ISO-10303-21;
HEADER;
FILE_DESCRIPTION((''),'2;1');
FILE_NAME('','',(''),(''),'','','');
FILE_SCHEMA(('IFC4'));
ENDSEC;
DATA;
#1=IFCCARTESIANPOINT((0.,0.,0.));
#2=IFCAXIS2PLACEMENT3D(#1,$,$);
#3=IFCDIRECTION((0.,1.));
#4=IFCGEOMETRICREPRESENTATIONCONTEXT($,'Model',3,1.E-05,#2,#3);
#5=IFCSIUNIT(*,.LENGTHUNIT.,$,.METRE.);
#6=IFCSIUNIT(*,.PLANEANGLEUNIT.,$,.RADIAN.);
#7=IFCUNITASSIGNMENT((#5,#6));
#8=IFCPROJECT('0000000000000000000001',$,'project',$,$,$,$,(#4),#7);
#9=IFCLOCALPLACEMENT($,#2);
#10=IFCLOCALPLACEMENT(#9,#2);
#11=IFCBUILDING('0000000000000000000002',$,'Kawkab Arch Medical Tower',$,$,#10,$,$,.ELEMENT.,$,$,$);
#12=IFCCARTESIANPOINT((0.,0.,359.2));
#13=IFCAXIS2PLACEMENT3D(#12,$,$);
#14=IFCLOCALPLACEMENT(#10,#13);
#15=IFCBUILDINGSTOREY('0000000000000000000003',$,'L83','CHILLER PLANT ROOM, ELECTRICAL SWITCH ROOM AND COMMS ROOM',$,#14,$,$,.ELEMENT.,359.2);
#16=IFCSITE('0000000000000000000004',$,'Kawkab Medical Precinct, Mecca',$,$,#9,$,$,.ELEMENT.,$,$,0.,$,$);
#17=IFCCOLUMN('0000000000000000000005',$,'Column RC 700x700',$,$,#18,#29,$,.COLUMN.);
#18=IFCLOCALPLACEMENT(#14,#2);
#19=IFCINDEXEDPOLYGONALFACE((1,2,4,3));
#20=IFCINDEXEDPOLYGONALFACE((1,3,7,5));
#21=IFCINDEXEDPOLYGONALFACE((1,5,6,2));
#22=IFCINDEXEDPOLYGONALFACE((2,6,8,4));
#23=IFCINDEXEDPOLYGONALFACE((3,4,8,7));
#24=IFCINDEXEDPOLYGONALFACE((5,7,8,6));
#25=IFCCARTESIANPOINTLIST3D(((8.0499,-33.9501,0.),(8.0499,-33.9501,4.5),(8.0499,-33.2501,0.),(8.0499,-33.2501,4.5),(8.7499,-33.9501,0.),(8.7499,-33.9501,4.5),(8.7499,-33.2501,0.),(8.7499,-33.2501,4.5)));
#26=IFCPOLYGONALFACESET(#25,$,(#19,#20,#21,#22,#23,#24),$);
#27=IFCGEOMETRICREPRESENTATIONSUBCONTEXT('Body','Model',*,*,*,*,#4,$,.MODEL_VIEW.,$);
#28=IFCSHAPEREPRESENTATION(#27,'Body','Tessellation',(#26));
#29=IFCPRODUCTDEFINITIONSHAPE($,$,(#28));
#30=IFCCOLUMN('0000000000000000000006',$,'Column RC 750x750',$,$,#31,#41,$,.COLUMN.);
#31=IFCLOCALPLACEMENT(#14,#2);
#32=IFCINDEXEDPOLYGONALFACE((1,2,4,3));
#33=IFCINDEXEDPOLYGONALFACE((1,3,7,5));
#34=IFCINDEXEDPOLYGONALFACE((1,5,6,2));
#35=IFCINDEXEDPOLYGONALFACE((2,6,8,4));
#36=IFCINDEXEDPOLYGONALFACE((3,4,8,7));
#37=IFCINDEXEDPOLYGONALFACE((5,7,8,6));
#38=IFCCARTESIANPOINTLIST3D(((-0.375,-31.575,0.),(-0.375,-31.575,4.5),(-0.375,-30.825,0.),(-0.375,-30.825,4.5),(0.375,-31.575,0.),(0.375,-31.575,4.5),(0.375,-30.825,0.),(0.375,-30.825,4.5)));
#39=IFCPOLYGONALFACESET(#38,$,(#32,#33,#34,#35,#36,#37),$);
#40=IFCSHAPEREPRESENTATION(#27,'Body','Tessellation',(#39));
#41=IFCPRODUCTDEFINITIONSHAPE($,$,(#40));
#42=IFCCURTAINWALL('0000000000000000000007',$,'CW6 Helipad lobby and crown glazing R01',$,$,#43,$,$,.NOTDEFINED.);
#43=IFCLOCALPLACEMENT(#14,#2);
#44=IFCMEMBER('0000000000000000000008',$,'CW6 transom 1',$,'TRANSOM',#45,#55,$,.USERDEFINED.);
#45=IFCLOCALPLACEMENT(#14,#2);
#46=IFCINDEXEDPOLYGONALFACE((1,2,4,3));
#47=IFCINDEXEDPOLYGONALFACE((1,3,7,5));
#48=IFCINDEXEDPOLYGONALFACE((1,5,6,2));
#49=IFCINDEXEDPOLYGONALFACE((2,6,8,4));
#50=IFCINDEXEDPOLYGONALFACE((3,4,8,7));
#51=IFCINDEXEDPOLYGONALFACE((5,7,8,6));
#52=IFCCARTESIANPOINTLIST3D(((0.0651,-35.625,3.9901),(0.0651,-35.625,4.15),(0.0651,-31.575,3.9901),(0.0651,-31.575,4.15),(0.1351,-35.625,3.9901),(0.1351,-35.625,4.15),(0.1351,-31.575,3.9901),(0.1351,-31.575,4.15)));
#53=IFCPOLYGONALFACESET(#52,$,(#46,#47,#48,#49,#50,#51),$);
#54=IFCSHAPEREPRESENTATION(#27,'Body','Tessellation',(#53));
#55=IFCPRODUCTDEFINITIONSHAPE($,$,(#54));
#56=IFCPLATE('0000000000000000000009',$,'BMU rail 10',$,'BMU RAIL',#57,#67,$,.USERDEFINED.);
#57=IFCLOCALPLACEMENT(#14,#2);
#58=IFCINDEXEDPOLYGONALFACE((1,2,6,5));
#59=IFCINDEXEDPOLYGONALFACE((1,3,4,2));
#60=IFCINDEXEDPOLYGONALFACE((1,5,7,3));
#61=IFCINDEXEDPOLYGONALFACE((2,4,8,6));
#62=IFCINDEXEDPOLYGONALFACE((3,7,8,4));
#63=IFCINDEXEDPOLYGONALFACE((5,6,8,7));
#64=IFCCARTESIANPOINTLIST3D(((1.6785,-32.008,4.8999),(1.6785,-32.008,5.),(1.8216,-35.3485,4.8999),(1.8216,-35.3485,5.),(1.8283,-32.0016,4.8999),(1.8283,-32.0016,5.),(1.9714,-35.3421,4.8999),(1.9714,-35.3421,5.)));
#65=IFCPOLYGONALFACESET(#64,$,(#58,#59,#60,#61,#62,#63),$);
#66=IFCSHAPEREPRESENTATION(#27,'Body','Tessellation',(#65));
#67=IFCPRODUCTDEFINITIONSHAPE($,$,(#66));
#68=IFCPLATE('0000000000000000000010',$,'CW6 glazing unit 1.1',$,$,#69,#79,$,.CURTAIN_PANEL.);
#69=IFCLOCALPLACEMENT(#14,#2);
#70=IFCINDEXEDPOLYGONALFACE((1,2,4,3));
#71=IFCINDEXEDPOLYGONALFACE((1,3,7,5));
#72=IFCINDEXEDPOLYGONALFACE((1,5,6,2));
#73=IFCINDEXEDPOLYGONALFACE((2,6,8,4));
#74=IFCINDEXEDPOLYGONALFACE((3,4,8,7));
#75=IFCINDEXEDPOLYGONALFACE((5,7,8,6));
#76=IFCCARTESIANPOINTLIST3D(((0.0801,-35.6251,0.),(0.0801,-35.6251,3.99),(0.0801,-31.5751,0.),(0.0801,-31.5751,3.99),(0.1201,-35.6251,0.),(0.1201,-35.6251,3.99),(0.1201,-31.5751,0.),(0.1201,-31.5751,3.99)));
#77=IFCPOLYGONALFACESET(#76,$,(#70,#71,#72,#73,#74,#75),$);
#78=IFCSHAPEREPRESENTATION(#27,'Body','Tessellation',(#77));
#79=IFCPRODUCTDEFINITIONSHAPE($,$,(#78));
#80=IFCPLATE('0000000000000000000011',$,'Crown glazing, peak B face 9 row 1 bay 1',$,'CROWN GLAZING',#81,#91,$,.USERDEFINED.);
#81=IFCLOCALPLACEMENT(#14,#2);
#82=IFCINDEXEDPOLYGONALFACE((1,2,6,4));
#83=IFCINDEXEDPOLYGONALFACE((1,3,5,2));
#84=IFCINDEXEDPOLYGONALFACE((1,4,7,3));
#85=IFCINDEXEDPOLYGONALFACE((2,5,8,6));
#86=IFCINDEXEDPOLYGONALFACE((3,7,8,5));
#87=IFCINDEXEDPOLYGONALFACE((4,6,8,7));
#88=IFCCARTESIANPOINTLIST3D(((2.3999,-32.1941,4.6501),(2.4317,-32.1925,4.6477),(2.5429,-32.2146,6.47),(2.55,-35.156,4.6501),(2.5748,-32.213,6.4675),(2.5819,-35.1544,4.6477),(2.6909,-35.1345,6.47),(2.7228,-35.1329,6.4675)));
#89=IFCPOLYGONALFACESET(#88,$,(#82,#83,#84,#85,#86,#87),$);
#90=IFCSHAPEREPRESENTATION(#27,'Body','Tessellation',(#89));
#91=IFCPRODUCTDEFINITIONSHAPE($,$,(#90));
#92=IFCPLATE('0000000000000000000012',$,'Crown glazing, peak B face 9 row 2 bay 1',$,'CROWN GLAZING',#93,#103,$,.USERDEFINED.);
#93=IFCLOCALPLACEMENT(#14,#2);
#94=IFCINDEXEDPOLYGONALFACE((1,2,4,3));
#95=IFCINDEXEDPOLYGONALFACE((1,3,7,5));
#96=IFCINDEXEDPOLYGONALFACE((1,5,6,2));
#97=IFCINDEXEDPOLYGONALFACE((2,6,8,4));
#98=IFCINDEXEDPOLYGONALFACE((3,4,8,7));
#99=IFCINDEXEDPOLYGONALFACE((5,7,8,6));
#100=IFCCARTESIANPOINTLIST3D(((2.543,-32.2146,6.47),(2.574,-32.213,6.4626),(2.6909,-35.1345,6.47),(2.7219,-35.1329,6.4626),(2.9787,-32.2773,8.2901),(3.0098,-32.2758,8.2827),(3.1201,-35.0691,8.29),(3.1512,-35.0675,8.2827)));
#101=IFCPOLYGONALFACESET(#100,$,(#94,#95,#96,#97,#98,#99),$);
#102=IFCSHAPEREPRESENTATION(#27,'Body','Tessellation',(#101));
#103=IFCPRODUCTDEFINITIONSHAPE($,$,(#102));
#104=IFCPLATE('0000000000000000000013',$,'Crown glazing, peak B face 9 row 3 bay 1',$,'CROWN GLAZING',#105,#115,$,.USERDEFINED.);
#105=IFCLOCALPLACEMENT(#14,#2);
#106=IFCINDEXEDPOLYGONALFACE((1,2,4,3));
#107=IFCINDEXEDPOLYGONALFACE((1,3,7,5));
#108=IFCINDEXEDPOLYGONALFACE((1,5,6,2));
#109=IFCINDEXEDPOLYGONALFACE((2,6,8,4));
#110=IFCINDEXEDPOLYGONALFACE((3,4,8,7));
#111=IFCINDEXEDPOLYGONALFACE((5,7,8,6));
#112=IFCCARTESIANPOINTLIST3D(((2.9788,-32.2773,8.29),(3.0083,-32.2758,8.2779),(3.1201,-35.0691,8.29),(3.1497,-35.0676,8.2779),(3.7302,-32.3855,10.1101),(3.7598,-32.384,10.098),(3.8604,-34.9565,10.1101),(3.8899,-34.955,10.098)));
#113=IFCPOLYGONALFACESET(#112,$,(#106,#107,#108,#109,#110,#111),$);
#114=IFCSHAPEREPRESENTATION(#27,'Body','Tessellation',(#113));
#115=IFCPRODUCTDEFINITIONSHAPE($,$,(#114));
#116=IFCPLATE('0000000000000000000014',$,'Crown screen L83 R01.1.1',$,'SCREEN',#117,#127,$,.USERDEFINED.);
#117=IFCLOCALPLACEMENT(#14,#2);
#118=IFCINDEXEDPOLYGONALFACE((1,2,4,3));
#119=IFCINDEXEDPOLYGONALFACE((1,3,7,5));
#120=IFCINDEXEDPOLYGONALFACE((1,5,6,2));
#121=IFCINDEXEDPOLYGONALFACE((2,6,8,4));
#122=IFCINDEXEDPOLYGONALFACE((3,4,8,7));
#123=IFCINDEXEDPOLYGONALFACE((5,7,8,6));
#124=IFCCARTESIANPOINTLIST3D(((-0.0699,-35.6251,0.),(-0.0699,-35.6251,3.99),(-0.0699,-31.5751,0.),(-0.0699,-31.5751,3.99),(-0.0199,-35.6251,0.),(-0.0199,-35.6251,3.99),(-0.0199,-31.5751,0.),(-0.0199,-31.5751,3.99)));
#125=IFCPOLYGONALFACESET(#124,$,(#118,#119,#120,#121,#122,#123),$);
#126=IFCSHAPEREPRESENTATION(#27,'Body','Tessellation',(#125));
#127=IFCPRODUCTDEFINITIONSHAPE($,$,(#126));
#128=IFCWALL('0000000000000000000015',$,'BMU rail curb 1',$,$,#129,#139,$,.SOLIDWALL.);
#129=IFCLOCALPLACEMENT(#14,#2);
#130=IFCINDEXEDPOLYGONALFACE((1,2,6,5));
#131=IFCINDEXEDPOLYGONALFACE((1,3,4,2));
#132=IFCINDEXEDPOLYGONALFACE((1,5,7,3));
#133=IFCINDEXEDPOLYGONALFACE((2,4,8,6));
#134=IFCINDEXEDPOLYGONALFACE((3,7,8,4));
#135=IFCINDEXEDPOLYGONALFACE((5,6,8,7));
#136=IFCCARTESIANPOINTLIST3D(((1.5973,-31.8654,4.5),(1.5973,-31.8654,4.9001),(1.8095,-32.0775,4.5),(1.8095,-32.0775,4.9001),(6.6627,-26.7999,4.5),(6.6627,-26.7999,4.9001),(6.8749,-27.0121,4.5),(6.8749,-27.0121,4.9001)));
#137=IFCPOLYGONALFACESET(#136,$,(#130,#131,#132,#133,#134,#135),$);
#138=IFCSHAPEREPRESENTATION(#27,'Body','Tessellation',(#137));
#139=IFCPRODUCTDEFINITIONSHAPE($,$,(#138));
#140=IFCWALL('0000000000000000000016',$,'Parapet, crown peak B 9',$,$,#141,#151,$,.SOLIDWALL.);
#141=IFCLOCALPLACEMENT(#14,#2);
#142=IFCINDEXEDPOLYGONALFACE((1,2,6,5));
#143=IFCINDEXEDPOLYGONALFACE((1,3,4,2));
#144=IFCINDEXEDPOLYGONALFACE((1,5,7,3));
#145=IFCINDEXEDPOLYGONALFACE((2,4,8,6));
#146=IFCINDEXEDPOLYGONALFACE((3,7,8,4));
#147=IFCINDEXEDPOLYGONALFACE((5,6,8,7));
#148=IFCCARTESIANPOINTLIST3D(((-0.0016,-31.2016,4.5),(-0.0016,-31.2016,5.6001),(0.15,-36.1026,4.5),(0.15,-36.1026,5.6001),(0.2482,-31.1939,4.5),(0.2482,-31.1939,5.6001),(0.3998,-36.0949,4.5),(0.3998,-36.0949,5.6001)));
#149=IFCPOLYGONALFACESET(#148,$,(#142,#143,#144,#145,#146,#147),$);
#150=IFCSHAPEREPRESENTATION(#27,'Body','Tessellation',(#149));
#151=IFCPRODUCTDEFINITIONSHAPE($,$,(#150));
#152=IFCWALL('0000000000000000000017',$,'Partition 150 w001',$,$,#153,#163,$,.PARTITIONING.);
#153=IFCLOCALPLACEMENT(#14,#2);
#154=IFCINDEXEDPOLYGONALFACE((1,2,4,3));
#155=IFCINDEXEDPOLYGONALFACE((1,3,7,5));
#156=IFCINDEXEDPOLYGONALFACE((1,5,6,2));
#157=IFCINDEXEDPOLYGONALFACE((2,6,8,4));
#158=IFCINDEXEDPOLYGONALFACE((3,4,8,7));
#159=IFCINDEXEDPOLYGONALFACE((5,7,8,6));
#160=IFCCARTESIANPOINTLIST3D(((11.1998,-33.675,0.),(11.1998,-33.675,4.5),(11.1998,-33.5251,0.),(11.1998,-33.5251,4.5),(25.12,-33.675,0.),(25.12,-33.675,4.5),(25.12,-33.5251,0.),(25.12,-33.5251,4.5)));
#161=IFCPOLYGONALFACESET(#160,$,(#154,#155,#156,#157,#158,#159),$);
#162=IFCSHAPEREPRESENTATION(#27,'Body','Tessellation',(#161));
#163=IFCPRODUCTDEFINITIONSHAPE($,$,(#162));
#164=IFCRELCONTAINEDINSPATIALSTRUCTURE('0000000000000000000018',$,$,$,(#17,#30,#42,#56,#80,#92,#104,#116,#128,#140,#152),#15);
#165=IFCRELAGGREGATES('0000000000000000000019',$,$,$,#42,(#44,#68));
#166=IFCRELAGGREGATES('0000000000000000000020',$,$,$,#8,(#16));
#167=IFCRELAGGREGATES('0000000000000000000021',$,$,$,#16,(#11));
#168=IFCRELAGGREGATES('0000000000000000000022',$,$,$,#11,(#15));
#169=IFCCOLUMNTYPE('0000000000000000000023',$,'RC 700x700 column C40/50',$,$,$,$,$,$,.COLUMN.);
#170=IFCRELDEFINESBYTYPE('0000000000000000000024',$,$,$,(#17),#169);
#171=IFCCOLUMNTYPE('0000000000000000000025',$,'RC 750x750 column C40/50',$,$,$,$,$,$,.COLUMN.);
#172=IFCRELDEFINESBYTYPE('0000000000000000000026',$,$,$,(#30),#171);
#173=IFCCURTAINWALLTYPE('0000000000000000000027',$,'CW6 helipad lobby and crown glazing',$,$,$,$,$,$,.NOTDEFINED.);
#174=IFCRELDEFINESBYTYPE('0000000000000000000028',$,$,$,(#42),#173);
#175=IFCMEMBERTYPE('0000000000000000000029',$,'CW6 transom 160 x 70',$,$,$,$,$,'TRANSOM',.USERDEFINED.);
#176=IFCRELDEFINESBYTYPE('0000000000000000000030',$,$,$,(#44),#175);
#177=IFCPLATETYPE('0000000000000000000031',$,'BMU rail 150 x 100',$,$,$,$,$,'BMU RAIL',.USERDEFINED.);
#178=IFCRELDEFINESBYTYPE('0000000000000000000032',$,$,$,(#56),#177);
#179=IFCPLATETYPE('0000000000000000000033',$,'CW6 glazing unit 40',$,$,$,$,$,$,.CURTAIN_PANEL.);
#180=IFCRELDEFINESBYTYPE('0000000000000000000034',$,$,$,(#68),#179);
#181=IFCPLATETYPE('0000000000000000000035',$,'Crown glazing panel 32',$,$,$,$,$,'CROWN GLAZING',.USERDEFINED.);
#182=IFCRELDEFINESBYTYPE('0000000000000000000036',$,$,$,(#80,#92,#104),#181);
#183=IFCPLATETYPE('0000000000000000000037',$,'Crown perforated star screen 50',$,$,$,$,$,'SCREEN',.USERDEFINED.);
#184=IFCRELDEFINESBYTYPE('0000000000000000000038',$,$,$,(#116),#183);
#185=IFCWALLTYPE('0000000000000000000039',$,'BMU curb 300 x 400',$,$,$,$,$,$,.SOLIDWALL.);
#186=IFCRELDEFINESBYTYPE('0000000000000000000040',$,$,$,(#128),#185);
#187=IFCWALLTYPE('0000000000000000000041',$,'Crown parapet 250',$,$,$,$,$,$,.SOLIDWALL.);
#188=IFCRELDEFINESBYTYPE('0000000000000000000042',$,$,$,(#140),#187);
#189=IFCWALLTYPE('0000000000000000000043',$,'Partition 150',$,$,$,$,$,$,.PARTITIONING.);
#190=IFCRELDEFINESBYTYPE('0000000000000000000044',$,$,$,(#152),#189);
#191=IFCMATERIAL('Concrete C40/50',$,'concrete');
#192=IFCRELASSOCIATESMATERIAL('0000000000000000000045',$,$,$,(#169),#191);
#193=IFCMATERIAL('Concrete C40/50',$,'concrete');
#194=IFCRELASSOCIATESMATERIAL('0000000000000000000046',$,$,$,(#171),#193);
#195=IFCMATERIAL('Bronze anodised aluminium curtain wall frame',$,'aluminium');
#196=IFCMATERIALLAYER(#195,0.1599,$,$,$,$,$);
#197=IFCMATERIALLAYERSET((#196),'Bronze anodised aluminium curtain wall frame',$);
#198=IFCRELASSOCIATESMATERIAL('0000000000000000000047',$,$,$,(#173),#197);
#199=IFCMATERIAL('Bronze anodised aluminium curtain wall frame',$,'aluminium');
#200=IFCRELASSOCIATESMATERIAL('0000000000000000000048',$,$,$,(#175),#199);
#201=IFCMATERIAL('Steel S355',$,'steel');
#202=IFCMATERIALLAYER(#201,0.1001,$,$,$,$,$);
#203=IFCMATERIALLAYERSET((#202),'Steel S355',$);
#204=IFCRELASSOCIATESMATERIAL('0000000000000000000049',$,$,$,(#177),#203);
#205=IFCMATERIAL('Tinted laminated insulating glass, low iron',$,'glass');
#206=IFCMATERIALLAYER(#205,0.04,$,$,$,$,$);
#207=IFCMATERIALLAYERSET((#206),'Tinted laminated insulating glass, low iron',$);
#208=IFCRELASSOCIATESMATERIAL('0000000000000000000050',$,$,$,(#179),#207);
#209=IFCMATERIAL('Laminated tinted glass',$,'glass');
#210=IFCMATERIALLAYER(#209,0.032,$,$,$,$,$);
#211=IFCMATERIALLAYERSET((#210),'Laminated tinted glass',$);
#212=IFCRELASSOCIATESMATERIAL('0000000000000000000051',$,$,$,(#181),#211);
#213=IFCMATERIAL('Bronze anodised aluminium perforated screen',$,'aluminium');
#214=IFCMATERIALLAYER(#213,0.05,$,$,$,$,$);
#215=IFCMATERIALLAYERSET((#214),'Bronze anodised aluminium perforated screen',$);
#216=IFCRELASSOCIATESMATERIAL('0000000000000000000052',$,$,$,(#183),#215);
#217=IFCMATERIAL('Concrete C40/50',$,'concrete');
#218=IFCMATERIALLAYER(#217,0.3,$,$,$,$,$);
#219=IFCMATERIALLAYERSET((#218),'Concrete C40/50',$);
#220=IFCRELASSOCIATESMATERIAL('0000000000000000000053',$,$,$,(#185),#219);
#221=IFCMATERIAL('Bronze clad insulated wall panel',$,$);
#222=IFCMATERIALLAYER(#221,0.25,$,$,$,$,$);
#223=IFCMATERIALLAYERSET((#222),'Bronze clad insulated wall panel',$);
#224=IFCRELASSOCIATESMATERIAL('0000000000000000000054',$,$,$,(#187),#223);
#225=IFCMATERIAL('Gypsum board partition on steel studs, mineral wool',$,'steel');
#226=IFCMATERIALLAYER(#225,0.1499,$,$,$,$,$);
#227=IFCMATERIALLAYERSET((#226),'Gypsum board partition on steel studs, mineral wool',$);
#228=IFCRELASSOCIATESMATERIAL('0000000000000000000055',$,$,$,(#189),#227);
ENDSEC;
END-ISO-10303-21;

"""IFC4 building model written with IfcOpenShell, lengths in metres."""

from ifc_helpers import new_model, si_unit, direction, frame, frame_2d, origin, origin_2d, place, context, subcontext, project, spatial, polyline, rectangle, outline, extrude, material, layer, layer_set, material_profile, profile_set, type_object, element, aggregate, save


model = new_model("IFC4")

# Units and contexts
model_context = context("Model", 3, precision=1e-05, world=origin(), true_north=direction((0.0, 1.0)))
body_context = subcontext(model_context, "Body", "Model", "MODEL_VIEW")
ifc_project = project(units=[si_unit("LENGTHUNIT", "METRE"), si_unit("PLANEANGLEUNIT", "RADIAN")], contexts=[model_context])

# Site, building, storey
site_placement = place(None, origin())
site = spatial("IfcSite", under=ifc_project, at=site_placement, Name="Kawkab Medical Precinct, Mecca", CompositionType="ELEMENT", RefElevation=0.0)
building_placement = place(site_placement, origin())
building = spatial("IfcBuilding", under=site, at=building_placement, Name="Kawkab Arch Medical Tower", CompositionType="ELEMENT")
storey_placement = place(building_placement, frame((0.0, 0.0, 359.2)))
storey = spatial("IfcBuildingStorey", under=building, at=storey_placement, Name="L83", Description="CHILLER PLANT ROOM, ELECTRICAL SWITCH ROOM AND COMMS ROOM", CompositionType="ELEMENT", Elevation=359.2)

# Columns
ifc_material_1 = material(Name="Concrete C40/50", Category="concrete")
ifc_material_profile_1 = material_profile(ifc_material_1, rectangle(XDim=0.7, YDim=0.7, at=origin_2d()), Name="RC 700x700")
ifc_profile_set_1 = profile_set([ifc_material_profile_1], Name="Concrete C40/50")
column_type_1 = type_object("IfcColumnType", Name="RC 700x700 column C40/50", PredefinedType="COLUMN", material=ifc_profile_set_1)
column_1_placement = place(storey_placement, frame((8.3999, -33.6001, 0.0), z_axis=(0.0, 0.0, 1.0), x_axis=(1.0, 0.0, 0.0)))
element("IfcColumn", 1, at=column_1_placement, inside=storey, type_object=column_type_1, Name="Column RC 700x700", PredefinedType="COLUMN", context=body_context, shape_type="SweptSolid", body=[
    extrude(rectangle(XDim=0.7, YDim=0.7, at=origin_2d()), origin(), (0.0, 0.0, 1.0), 4.5),
])
ifc_material_2 = material(Name="Concrete C40/50", Category="concrete")
ifc_material_profile_2 = material_profile(ifc_material_2, rectangle(XDim=0.75, YDim=0.75, at=origin_2d()), Name="RC 750x750")
ifc_profile_set_2 = profile_set([ifc_material_profile_2], Name="Concrete C40/50")
column_type_2 = type_object("IfcColumnType", Name="RC 750x750 column C40/50", PredefinedType="COLUMN", material=ifc_profile_set_2)
column_2_placement = place(storey_placement, frame((0.0, -31.2, 0.0), z_axis=(0.0, 0.0, 1.0), x_axis=(1.0, 0.0, 0.0)))
element("IfcColumn", 2, at=column_2_placement, inside=storey, type_object=column_type_2, Name="Column RC 750x750", PredefinedType="COLUMN", context=body_context, shape_type="SweptSolid", body=[
    extrude(rectangle(XDim=0.75, YDim=0.75, at=origin_2d()), origin(), (0.0, 0.0, 1.0), 4.5),
])

# Curtain wall, member
ifc_material_3 = material(Name="Bronze anodised aluminium curtain wall frame", Category="aluminium")
ifc_layer_1 = layer(ifc_material_3, 0.1599)
ifc_layer_set_1 = layer_set([ifc_layer_1], Name="Bronze anodised aluminium curtain wall frame")
curtain_wall_type = type_object("IfcCurtainWallType", Name="CW6 helipad lobby and crown glazing", PredefinedType="NOTDEFINED", material=ifc_layer_set_1)
curtain_wall_placement = place(storey_placement, origin())
curtain_wall = element("IfcCurtainWall", 3, at=curtain_wall_placement, inside=storey, type_object=curtain_wall_type, Name="CW6 Helipad lobby and crown glazing R01", PredefinedType="NOTDEFINED")
ifc_material_4 = material(Name="Bronze anodised aluminium curtain wall frame", Category="aluminium")
ifc_material_profile_3 = material_profile(ifc_material_4, rectangle(XDim=0.0701, YDim=0.1599, at=origin_2d()), Name="AL 70x160")
ifc_profile_set_3 = profile_set([ifc_material_profile_3], Name="Bronze anodised aluminium curtain wall frame")
member_type = type_object("IfcMemberType", Name="CW6 transom 160 x 70", ElementType="TRANSOM", PredefinedType="USERDEFINED", material=ifc_profile_set_3)
member_placement = place(storey_placement, frame((0.1001, -31.575, 4.0701), z_axis=(0.0, -1.0, 0.0), x_axis=(1.0, 0.0, 0.0)))
member = element("IfcMember", 4, at=member_placement, type_object=member_type, Name="CW6 transom 1", ObjectType="TRANSOM", PredefinedType="USERDEFINED", context=body_context, shape_type="SweptSolid", body=[
    extrude(rectangle(XDim=0.0701, YDim=0.1599, at=origin_2d()), origin(), (0.0, 0.0, 1.0), 4.05),
])

# Plates
ifc_material_5 = material(Name="Steel S355", Category="steel")
ifc_layer_2 = layer(ifc_material_5, 0.1001)
ifc_layer_set_2 = layer_set([ifc_layer_2], Name="Steel S355")
plate_type_1 = type_object("IfcPlateType", Name="BMU rail 150 x 100", ElementType="BMU RAIL", PredefinedType="USERDEFINED", material=ifc_layer_set_2)
plate_1_placement = place(storey_placement, frame((1.825, -33.675, 4.8999), z_axis=(0.0, 0.0, 1.0), x_axis=(-0.042815, 0.999083, 0.0)))
element("IfcPlate", 5, at=plate_1_placement, inside=storey, type_object=plate_type_1, Name="BMU rail 10", ObjectType="BMU RAIL", PredefinedType="USERDEFINED", context=body_context, shape_type="SweptSolid", body=[
    extrude(rectangle(XDim=3.3435, YDim=0.1499, at=origin_2d()), origin(), (0.0, 0.0, 1.0), 0.1001),
])
ifc_material_6 = material(Name="Tinted laminated insulating glass, low iron", Category="glass")
ifc_layer_3 = layer(ifc_material_6, 0.04)
ifc_layer_set_3 = layer_set([ifc_layer_3], Name="Tinted laminated insulating glass, low iron")
plate_type_2 = type_object("IfcPlateType", Name="CW6 glazing unit 40", PredefinedType="CURTAIN_PANEL", material=ifc_layer_set_3)
plate_2_placement = place(storey_placement, frame((0.1001, -33.6001, 0.0), z_axis=(0.0, 0.0, 1.0), x_axis=(0.0, -1.0, 0.0)))
plate_2 = element("IfcPlate", 6, at=plate_2_placement, type_object=plate_type_2, Name="CW6 glazing unit 1.1", PredefinedType="CURTAIN_PANEL", context=body_context, shape_type="SweptSolid", body=[
    extrude(rectangle(XDim=4.05, YDim=0.04, at=origin_2d()), origin(), (0.0, 0.0, 1.0), 3.99),
])
aggregate(curtain_wall, [member, plate_2])

# Plates
ifc_material_7 = material(Name="Laminated tinted glass", Category="glass")
ifc_layer_4 = layer(ifc_material_7, 0.032)
ifc_layer_set_4 = layer_set([ifc_layer_4], Name="Laminated tinted glass")
plate_type_3 = type_object("IfcPlateType", Name="Crown glazing panel 32", ElementType="CROWN GLAZING", PredefinedType="USERDEFINED", material=ifc_layer_set_4)
plate_3_placement = place(storey_placement, frame((2.3999, -32.1941, 4.6501), z_axis=(-0.9957, -0.050463, 0.07769), x_axis=(0.050616, -0.998718, 0.000001)))
element("IfcPlate", 7, at=plate_3_placement, inside=storey, type_object=plate_type_3, Name="Crown glazing, peak B face 9 row 1 bay 1", ObjectType="CROWN GLAZING", PredefinedType="USERDEFINED", context=body_context, shape_type="SweptSolid", body=[
    extrude(outline(polyline([(0.0, 0.0), (2.9657, 0.0), (2.9514, 1.8253), (0.0277, 1.8253), (0.0, 0.0)])), origin(), (0.0, 0.0, -1.0), 0.032),
])
plate_4_placement = place(storey_placement, frame((2.543, -32.2146, 6.47), z_axis=(-0.971722, -0.04922, 0.230942), x_axis=(0.050588, -0.99872, 0.000004)))
element("IfcPlate", 8, at=plate_4_placement, inside=storey, type_object=plate_type_3, Name="Crown glazing, peak B face 9 row 2 bay 1", ObjectType="CROWN GLAZING", PredefinedType="USERDEFINED", context=body_context, shape_type="SweptSolid", body=[
    extrude(outline(polyline([(0.0, 0.0), (2.9237, 0.0), (2.88, 1.8706), (0.0847, 1.8706), (0.0, 0.0)])), origin(), (0.0, 0.0, -1.0), 0.032),
])
plate_5_placement = place(storey_placement, frame((2.9788, -32.2773, 8.29), z_axis=(-0.924286, -0.046791, 0.378822), x_axis=(0.05056, -0.998721, 0.000004)))
element("IfcPlate", 9, at=plate_5_placement, inside=storey, type_object=plate_type_3, Name="Crown glazing, peak B face 9 row 3 bay 1", ObjectType="CROWN GLAZING", PredefinedType="USERDEFINED", context=body_context, shape_type="SweptSolid", body=[
    extrude(outline(polyline([(0.0, 0.0), (2.7953, 0.0), (2.7204, 1.9666), (0.146, 1.9667), (0.0, 0.0)])), origin(), (0.0, 0.0, -1.0), 0.032),
])
ifc_material_8 = material(Name="Bronze anodised aluminium perforated screen", Category="aluminium")
ifc_layer_5 = layer(ifc_material_8, 0.05)
ifc_layer_set_5 = layer_set([ifc_layer_5], Name="Bronze anodised aluminium perforated screen")
plate_type_4 = type_object("IfcPlateType", Name="Crown perforated star screen 50", ElementType="SCREEN", PredefinedType="USERDEFINED", material=ifc_layer_set_5)
plate_6_placement = place(storey_placement, frame((-0.0449, -33.6001, 0.0), z_axis=(0.0, 0.0, 1.0), x_axis=(0.0, -1.0, 0.0)))
element("IfcPlate", 10, at=plate_6_placement, inside=storey, type_object=plate_type_4, Name="Crown screen L83 R01.1.1", ObjectType="SCREEN", PredefinedType="USERDEFINED", context=body_context, shape_type="SweptSolid", body=[
    extrude(rectangle(XDim=4.05, YDim=0.05, at=origin_2d()), origin(), (0.0, 0.0, 1.0), 3.99),
])

# Walls
ifc_material_9 = material(Name="Concrete C40/50", Category="concrete")
ifc_layer_6 = layer(ifc_material_9, 0.3)
ifc_layer_set_6 = layer_set([ifc_layer_6], Name="Concrete C40/50")
wall_type_1 = type_object("IfcWallType", Name="BMU curb 300 x 400", PredefinedType="SOLIDWALL", material=ifc_layer_set_6)
wall_1_placement = place(storey_placement, frame((1.7034, -31.9714, 4.5), z_axis=(0.0, 0.0, 1.0), x_axis=(0.707107, 0.707107, 0.0)))
element("IfcWall", 11, at=wall_1_placement, inside=storey, type_object=wall_type_1, Name="BMU rail curb 1", PredefinedType="SOLIDWALL", context=body_context, shape_type="SweptSolid", body=[
    extrude(rectangle(XDim=7.1636, YDim=0.3, at=frame_2d((3.5818, 0.0))), origin(), (0.0, 0.0, 1.0), 0.4001),
])
ifc_material_10 = material(Name="Bronze clad insulated wall panel")
ifc_layer_7 = layer(ifc_material_10, 0.25)
ifc_layer_set_7 = layer_set([ifc_layer_7], Name="Bronze clad insulated wall panel")
wall_type_2 = type_object("IfcWallType", Name="Crown parapet 250", PredefinedType="SOLIDWALL", material=ifc_layer_set_7)
wall_2_placement = place(storey_placement, frame((0.1233, -31.1978, 4.5), z_axis=(0.0, 0.0, 1.0), x_axis=(0.030921, -0.999522, 0.0)))
element("IfcWall", 12, at=wall_2_placement, inside=storey, type_object=wall_type_2, Name="Parapet, crown peak B 9", PredefinedType="SOLIDWALL", context=body_context, shape_type="SweptSolid", body=[
    extrude(rectangle(XDim=4.9033, YDim=0.25, at=frame_2d((2.4517, 0.0))), origin(), (0.0, 0.0, 1.0), 1.1001),
])
ifc_material_11 = material(Name="Gypsum board partition on steel studs, mineral wool", Category="steel")
ifc_layer_8 = layer(ifc_material_11, 0.1499)
ifc_layer_set_8 = layer_set([ifc_layer_8], Name="Gypsum board partition on steel studs, mineral wool")
wall_type_3 = type_object("IfcWallType", Name="Partition 150", PredefinedType="PARTITIONING", material=ifc_layer_set_8)
wall_3_placement = place(storey_placement, frame((11.2, -33.6001, 0.0), z_axis=(0.0, 0.0, 1.0), x_axis=(1.0, 0.0, 0.0)))
element("IfcWall", 13, at=wall_3_placement, inside=storey, type_object=wall_type_3, Name="Partition 150 w001", PredefinedType="PARTITIONING", context=body_context, shape_type="SweptSolid", body=[
    extrude(rectangle(XDim=13.9202, YDim=0.1499, at=frame_2d((6.96, 0.0))), origin(), (0.0, 0.0, 1.0), 4.5),
])

save(model, "model.ifc")
